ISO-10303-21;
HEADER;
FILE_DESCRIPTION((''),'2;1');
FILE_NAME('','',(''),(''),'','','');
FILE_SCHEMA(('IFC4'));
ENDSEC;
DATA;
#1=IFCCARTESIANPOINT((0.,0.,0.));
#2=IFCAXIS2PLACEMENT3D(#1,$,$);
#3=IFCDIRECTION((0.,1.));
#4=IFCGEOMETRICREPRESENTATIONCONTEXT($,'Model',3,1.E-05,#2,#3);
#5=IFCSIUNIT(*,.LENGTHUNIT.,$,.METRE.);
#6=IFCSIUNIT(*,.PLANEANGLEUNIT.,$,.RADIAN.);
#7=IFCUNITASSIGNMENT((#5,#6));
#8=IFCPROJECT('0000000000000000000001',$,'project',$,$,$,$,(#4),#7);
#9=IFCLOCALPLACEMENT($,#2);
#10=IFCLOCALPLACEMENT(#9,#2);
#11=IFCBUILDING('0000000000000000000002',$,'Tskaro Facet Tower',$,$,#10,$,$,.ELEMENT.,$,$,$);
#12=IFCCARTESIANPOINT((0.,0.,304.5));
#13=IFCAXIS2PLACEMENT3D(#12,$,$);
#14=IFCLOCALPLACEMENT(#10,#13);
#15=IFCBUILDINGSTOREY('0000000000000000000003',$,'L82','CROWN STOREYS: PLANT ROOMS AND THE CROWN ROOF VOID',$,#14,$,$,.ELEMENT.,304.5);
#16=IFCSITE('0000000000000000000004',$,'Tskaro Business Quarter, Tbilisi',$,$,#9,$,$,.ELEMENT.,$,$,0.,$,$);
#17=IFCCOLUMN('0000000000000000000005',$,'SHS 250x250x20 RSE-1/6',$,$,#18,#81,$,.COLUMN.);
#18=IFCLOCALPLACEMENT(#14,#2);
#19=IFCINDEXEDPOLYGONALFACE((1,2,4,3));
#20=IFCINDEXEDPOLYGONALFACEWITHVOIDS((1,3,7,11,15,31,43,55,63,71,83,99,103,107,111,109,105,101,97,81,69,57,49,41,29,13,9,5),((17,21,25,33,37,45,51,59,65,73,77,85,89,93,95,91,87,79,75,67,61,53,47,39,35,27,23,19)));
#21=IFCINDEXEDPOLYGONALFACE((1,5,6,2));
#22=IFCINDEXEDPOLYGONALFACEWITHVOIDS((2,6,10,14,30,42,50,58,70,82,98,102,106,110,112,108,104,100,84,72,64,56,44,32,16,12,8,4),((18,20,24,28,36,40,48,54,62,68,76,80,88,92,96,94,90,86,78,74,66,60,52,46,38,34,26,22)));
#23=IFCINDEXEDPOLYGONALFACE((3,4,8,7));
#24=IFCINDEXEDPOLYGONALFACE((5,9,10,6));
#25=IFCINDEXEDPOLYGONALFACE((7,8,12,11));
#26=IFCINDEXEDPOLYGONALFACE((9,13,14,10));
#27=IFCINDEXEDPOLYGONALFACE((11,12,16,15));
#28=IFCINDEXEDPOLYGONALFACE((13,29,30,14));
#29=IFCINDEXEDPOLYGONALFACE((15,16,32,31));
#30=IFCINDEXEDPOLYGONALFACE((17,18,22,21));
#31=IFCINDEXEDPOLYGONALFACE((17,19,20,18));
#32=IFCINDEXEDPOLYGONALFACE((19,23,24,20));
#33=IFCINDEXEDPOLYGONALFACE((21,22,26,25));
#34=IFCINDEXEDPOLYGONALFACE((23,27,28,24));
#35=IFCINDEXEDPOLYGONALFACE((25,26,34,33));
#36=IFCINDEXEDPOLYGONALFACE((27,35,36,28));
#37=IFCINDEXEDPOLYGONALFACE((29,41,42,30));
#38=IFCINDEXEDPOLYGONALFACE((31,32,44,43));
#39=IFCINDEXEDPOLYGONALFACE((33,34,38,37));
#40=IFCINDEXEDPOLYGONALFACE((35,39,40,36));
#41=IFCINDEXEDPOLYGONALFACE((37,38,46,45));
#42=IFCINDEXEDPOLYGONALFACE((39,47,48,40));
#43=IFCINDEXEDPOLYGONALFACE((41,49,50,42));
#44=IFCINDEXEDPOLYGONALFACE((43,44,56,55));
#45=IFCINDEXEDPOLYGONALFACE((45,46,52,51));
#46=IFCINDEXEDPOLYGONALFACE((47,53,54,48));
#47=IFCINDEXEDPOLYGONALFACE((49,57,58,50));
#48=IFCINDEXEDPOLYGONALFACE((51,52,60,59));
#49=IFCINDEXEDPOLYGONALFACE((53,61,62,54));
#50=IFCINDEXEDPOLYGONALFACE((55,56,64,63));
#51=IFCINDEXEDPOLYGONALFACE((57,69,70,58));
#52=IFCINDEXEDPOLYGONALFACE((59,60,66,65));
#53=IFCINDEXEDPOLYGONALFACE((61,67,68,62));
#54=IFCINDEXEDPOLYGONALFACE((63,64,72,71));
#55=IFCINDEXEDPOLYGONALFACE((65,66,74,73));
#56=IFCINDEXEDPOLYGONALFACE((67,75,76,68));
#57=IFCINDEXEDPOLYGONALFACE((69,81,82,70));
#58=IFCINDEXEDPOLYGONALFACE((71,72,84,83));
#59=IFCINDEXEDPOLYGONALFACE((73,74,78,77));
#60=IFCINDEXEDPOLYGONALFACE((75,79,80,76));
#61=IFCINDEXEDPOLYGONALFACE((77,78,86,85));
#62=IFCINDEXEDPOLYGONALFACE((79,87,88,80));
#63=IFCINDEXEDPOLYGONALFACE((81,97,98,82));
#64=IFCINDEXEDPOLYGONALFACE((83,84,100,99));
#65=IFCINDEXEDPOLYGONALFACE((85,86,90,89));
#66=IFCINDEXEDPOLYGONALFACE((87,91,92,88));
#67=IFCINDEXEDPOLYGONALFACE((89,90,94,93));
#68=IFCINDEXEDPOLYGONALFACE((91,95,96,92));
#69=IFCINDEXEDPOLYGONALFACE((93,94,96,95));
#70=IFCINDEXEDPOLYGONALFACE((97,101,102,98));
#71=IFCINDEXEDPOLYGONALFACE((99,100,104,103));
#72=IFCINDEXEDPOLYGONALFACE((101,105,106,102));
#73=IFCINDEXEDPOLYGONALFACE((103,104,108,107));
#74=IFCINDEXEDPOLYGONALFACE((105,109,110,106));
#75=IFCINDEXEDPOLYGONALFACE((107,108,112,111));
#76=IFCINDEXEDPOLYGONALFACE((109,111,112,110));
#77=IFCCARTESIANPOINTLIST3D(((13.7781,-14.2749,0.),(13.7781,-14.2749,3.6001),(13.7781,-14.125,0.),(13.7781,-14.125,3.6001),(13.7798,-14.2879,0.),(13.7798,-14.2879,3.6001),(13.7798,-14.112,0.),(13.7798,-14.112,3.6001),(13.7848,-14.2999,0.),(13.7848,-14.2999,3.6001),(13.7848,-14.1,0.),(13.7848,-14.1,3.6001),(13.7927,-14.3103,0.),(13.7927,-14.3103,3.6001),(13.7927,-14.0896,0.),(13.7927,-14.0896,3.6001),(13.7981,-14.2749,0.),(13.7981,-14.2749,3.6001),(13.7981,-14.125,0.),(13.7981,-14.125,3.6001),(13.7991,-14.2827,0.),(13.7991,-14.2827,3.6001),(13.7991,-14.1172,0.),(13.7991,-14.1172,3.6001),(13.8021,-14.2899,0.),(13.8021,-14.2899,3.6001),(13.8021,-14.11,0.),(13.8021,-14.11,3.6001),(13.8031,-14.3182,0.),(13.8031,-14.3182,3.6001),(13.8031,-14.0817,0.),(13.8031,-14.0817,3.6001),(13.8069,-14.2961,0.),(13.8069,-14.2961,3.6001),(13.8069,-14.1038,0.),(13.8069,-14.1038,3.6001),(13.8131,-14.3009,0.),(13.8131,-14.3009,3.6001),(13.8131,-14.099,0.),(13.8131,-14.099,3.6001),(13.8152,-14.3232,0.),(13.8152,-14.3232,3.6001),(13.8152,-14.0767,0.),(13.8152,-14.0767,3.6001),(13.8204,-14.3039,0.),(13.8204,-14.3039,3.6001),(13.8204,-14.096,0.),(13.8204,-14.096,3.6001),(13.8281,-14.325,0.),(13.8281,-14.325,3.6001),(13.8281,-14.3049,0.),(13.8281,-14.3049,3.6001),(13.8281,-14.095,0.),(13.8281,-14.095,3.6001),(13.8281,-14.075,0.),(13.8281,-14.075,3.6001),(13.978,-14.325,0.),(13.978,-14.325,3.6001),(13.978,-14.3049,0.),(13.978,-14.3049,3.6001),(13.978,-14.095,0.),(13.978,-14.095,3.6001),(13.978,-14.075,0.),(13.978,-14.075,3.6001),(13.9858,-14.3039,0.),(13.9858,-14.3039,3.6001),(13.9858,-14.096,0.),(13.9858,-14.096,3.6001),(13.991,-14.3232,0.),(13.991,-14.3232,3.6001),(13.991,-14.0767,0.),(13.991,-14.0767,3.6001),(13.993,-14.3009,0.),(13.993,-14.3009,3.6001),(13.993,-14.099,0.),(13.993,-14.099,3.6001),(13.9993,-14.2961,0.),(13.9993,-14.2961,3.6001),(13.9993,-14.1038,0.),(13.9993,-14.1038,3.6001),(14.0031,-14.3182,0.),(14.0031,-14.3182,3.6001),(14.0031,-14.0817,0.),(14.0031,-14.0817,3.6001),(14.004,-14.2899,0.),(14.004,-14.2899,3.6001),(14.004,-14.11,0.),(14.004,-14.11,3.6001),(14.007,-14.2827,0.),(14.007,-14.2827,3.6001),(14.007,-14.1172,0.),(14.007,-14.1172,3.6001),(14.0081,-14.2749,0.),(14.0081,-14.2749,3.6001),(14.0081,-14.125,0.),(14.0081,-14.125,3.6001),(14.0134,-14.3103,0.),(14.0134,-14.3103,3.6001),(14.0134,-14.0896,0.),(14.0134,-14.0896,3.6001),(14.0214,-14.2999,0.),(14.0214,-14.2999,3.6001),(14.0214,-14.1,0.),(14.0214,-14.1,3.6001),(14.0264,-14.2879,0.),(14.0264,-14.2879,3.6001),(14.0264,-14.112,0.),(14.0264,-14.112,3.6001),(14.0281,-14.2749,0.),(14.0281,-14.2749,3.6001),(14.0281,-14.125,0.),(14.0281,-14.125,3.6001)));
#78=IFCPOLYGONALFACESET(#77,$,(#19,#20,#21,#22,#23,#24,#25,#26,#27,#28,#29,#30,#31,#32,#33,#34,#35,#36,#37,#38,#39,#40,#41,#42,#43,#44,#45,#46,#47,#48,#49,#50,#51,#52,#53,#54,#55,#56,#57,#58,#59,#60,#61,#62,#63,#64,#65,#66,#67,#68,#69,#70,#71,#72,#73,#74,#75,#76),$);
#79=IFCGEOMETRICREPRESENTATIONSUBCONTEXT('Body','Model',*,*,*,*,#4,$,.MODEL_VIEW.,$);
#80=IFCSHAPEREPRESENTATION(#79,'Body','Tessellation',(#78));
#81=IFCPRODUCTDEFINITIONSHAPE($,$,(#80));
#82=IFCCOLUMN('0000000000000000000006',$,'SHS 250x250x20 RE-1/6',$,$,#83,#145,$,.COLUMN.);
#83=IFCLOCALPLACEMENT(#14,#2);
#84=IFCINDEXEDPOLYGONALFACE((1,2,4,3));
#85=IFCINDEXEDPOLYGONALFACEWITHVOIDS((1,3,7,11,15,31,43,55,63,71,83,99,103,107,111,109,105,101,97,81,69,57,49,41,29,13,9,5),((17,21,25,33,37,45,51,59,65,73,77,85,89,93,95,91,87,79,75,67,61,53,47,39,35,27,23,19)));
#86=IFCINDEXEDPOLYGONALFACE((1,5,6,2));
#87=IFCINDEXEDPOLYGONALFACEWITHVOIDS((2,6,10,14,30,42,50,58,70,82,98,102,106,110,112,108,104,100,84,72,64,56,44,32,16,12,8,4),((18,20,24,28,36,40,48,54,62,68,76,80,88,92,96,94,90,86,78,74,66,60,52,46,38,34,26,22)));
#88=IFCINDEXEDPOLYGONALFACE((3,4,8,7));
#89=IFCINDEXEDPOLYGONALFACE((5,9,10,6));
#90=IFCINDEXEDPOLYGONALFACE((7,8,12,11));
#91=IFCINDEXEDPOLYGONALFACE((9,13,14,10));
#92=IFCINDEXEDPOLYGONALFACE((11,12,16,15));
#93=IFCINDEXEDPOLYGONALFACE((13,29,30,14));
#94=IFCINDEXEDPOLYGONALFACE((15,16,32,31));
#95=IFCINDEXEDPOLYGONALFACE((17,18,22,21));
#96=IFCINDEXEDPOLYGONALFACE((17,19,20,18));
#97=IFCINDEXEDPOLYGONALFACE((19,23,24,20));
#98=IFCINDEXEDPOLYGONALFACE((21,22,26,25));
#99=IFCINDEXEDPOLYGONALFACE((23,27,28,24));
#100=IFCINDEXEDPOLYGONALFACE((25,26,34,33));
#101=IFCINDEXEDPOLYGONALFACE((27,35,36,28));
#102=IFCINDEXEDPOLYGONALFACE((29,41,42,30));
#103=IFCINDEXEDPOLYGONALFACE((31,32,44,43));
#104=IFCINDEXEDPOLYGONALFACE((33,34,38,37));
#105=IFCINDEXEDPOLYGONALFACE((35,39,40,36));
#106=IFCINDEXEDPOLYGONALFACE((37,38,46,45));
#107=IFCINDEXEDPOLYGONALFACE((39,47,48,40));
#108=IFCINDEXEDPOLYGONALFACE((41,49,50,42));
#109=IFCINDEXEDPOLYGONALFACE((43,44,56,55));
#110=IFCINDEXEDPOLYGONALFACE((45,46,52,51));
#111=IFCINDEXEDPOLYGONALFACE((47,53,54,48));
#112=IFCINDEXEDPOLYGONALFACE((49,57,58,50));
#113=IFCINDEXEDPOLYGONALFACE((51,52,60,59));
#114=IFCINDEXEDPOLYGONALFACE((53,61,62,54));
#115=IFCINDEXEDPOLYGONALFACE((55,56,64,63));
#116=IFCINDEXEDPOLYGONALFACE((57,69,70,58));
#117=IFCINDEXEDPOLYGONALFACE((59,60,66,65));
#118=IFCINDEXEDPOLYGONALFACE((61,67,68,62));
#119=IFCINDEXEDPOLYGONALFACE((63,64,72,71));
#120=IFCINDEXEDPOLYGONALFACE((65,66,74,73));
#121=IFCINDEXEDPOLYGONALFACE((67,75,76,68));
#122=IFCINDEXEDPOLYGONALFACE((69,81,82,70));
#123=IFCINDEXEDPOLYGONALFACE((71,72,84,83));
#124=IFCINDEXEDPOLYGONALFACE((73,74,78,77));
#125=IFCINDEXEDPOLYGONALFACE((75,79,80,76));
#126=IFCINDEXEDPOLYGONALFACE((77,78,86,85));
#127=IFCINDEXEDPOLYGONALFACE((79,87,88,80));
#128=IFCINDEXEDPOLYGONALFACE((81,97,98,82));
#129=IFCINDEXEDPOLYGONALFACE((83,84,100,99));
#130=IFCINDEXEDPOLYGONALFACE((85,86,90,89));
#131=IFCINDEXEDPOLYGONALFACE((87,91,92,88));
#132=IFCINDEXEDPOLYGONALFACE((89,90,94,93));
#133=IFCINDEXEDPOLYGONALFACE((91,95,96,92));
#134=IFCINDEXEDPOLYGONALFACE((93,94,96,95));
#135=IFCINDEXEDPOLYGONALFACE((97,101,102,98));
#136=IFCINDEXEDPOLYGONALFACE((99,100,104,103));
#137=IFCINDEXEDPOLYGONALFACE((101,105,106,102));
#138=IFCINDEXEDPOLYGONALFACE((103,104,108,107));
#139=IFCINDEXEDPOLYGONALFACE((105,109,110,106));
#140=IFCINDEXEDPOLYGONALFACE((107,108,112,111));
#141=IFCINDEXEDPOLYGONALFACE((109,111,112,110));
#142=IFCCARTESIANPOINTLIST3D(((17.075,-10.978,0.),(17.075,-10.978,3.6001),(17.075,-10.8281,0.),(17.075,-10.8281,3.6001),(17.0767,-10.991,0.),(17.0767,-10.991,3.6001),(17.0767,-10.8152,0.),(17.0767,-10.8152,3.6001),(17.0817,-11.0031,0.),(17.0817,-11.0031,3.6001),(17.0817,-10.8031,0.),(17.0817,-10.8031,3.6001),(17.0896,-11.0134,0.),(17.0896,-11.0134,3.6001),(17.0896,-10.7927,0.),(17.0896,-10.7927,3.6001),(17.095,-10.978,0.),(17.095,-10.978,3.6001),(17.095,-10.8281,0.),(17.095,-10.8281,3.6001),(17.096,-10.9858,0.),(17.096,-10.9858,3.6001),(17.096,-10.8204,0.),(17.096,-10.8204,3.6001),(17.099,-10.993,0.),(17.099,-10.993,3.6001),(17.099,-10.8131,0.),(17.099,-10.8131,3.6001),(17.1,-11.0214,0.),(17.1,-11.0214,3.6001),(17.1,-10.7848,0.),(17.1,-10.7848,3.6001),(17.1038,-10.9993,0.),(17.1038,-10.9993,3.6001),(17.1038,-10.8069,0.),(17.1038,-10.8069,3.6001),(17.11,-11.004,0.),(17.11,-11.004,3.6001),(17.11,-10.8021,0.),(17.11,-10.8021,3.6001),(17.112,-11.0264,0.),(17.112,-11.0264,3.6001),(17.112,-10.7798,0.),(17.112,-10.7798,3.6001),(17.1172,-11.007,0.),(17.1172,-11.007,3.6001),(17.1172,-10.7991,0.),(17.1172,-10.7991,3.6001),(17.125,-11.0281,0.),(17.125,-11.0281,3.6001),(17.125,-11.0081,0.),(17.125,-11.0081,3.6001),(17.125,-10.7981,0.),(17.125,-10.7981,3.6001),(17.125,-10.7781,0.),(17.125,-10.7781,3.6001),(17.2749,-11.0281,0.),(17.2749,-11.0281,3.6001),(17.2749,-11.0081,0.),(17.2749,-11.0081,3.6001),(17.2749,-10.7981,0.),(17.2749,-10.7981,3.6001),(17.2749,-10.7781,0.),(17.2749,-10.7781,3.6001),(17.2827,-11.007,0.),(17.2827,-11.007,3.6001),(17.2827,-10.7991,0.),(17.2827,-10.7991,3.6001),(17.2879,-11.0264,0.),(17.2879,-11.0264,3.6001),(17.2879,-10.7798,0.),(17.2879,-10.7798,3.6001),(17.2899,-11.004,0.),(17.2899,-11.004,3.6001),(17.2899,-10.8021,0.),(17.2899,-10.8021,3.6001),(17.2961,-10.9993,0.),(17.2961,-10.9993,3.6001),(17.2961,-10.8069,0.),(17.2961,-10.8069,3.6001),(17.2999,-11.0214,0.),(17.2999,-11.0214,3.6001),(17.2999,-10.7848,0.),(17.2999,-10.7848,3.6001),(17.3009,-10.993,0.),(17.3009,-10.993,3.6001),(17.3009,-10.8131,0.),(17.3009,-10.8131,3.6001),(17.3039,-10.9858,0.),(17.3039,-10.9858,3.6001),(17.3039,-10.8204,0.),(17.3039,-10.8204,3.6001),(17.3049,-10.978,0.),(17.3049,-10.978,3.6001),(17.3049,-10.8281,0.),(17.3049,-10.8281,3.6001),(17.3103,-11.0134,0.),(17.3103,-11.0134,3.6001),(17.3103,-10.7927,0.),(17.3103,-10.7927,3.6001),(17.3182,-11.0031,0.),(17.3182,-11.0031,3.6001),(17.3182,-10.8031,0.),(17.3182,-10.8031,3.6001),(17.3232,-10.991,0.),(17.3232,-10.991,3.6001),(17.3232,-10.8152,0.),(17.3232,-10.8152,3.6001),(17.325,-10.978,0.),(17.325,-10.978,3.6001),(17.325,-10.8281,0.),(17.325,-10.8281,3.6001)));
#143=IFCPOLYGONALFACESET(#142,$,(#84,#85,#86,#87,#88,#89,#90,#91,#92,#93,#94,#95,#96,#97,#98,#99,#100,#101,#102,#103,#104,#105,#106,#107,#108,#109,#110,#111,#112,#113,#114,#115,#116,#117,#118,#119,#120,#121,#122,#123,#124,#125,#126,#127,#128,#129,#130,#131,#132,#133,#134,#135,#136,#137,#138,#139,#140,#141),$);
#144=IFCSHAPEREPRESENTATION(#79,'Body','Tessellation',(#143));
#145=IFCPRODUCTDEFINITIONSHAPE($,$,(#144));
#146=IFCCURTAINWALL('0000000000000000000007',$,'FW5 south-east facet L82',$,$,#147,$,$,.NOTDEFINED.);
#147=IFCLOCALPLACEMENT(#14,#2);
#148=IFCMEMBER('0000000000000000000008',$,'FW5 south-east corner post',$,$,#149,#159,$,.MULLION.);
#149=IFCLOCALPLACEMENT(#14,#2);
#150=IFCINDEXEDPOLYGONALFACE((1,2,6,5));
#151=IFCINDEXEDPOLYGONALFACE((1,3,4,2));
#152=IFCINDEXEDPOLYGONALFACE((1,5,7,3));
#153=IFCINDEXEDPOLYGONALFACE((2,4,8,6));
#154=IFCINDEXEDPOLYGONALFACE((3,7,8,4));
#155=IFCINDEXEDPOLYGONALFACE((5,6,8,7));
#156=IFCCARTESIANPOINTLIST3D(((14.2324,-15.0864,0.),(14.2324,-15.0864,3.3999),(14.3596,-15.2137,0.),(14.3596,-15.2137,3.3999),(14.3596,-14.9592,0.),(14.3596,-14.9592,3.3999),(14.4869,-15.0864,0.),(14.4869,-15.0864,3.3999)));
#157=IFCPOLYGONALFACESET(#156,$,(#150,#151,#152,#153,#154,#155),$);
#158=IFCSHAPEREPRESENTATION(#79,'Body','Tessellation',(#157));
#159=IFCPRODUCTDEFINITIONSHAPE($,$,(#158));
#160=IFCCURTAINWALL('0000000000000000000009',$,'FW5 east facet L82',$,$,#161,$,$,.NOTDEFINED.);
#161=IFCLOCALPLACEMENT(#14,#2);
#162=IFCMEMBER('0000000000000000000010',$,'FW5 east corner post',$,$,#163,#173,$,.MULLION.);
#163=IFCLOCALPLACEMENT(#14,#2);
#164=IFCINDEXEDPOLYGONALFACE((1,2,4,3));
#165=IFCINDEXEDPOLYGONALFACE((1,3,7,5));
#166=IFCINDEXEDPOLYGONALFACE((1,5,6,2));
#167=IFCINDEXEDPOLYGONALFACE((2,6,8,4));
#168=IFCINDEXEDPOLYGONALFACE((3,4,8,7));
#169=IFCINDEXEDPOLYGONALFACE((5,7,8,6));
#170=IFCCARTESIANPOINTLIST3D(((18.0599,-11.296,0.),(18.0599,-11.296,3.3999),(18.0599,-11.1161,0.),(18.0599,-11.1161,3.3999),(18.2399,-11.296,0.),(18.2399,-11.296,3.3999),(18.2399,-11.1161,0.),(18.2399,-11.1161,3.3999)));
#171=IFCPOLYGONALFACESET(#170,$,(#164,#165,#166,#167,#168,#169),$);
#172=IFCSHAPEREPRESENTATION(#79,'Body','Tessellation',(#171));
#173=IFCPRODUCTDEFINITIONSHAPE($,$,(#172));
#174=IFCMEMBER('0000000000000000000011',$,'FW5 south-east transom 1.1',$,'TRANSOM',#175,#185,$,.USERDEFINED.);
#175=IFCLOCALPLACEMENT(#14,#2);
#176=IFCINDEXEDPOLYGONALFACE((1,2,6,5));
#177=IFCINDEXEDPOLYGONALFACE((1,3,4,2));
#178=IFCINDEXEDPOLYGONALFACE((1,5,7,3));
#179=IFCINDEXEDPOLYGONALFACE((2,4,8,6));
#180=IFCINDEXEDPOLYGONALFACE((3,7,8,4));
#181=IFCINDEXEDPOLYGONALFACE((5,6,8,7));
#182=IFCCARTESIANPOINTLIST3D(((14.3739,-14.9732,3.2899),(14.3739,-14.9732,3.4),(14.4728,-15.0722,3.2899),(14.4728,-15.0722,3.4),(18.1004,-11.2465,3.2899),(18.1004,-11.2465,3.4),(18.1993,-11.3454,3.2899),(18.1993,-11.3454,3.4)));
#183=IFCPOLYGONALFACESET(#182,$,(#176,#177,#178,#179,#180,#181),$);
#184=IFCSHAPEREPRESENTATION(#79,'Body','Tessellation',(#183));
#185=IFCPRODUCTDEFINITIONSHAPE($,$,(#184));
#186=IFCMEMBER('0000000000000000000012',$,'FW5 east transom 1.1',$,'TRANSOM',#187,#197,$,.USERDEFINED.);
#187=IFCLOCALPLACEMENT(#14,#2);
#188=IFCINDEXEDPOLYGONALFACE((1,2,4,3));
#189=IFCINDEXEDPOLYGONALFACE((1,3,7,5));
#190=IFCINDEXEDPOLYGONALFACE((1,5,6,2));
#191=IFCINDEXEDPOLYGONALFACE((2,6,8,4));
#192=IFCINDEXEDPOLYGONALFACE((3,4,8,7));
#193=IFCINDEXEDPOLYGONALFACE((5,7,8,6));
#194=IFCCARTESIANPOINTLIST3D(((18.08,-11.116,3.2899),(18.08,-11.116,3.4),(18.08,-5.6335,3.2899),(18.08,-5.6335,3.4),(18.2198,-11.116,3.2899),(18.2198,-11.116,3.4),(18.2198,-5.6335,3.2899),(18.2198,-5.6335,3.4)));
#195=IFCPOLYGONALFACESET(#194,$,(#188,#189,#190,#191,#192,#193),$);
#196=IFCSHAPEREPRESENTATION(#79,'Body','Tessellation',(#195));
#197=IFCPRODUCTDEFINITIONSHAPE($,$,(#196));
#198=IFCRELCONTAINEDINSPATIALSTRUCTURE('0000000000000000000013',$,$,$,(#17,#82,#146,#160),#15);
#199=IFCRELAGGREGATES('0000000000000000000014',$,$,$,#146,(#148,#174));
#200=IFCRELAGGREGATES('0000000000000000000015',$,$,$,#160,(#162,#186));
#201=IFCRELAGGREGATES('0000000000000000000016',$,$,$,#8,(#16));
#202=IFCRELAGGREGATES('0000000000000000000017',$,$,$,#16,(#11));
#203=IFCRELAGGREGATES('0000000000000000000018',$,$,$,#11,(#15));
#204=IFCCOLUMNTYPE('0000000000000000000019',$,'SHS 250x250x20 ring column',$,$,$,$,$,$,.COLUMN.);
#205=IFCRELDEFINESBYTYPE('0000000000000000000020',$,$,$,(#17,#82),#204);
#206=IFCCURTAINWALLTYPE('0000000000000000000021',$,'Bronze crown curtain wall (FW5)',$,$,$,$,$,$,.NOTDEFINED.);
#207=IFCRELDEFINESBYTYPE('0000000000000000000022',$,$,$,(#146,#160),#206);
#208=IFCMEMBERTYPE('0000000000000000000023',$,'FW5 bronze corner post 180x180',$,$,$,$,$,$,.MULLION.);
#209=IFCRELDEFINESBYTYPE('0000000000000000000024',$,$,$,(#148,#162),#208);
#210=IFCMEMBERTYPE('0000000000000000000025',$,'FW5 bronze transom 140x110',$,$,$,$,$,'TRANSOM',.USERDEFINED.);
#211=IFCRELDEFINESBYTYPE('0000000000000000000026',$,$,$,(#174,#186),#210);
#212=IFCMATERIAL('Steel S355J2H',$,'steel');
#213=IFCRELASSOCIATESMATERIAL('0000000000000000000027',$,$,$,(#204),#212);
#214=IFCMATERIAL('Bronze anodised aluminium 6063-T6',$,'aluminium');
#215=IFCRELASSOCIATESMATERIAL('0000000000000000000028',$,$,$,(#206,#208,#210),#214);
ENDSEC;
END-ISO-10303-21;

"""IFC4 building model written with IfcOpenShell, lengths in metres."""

from ifc_helpers import new_model, si_unit, direction, frame, origin, origin_2d, place, context, subcontext, project, spatial, rectangle, hollow_rectangle, extrude, material, material_profile, profile_set, type_object, element, aggregate, save


model = new_model("IFC4")

# Units and contexts
model_context = context("Model", 3, precision=1e-05, world=origin(), true_north=direction((0.0, 1.0)))
body_context = subcontext(model_context, "Body", "Model", "MODEL_VIEW")
ifc_project = project(units=[si_unit("LENGTHUNIT", "METRE"), si_unit("PLANEANGLEUNIT", "RADIAN")], contexts=[model_context])

# Site, building, storey
site_placement = place(None, origin())
site = spatial("IfcSite", under=ifc_project, at=site_placement, Name="Tskaro Business Quarter, Tbilisi", CompositionType="ELEMENT", RefElevation=0.0)
building_placement = place(site_placement, origin())
building = spatial("IfcBuilding", under=site, at=building_placement, Name="Tskaro Facet Tower", CompositionType="ELEMENT")
storey_placement = place(building_placement, frame((0.0, 0.0, 304.5)))
storey = spatial("IfcBuildingStorey", under=building, at=storey_placement, Name="L82", Description="CROWN STOREYS: PLANT ROOMS AND THE CROWN ROOF VOID", CompositionType="ELEMENT", Elevation=304.5)

# Columns
ifc_material_1 = material(Name="Steel S355J2H", Category="steel")
ifc_material_profile_1 = material_profile(ifc_material_1, hollow_rectangle(XDim=0.25, YDim=0.25, WallThickness=0.02, InnerFilletRadius=0.03, OuterFilletRadius=0.05, at=origin_2d()), Name="SHS 250x250x20")
ifc_profile_set_1 = profile_set([ifc_material_profile_1], Name="Steel S355J2H")
column_type = type_object("IfcColumnType", Name="SHS 250x250x20 ring column", PredefinedType="COLUMN", material=ifc_profile_set_1)
for number, where, z_axis, x_axis, name in (
    (1, (13.9031, -14.2, 0.0), (0.0, 0.0, 1.0), (1.0, 0.0, 0.0), "SHS 250x250x20 RSE-1/6"),
    (2, (17.2, -10.9031, 0.0), (0.0, 0.0, 1.0), (1.0, 0.0, 0.0), "SHS 250x250x20 RE-1/6"),
):
    element("IfcColumn", number, at=place(storey_placement, frame(where, z_axis=z_axis, x_axis=x_axis)), inside=storey, type_object=column_type, Name=name, PredefinedType="COLUMN", context=body_context, shape_type="SweptSolid", body=[
        extrude(hollow_rectangle(XDim=0.25, YDim=0.25, WallThickness=0.02, InnerFilletRadius=0.03, OuterFilletRadius=0.05, at=origin_2d()), origin(), (0.0, 0.0, 1.0), 3.6001),
    ])

# Curtain walls, members
ifc_material_2 = material(Name="Bronze anodised aluminium 6063-T6", Category="aluminium")
curtain_wall_type = type_object("IfcCurtainWallType", Name="Bronze crown curtain wall (FW5)", PredefinedType="NOTDEFINED", material=ifc_material_2)
curtain_wall_1_placement = place(storey_placement, origin())
curtain_wall_1 = element("IfcCurtainWall", 3, at=curtain_wall_1_placement, inside=storey, type_object=curtain_wall_type, Name="FW5 south-east facet L82", PredefinedType="NOTDEFINED")
ifc_material_profile_2 = material_profile(ifc_material_2, rectangle(XDim=0.1799, YDim=0.1799, at=origin_2d()), Name="Corner post 180x180")
ifc_profile_set_2 = profile_set([ifc_material_profile_2], Name="Bronze anodised aluminium 6063-T6")
member_type_1 = type_object("IfcMemberType", Name="FW5 bronze corner post 180x180", PredefinedType="MULLION", material=ifc_profile_set_2)
member_1_placement = place(storey_placement, frame((14.3596, -15.0864, 0.0), z_axis=(0.0, 0.0, 1.0), x_axis=(0.707107, 0.707107, 0.0)))
member_1 = element("IfcMember", 4, at=member_1_placement, type_object=member_type_1, Name="FW5 south-east corner post", PredefinedType="MULLION", context=body_context, shape_type="SweptSolid", body=[
    extrude(rectangle(XDim=0.1799, YDim=0.1799, at=origin_2d()), origin(), (0.0, 0.0, 1.0), 3.3999),
])
curtain_wall_2_placement = place(storey_placement, origin())
curtain_wall_2 = element("IfcCurtainWall", 5, at=curtain_wall_2_placement, inside=storey, type_object=curtain_wall_type, Name="FW5 east facet L82", PredefinedType="NOTDEFINED")
member_2_placement = place(storey_placement, frame((18.1499, -11.2061, 0.0), z_axis=(0.0, 0.0, 1.0), x_axis=(0.0, 1.0, 0.0)))
member_2 = element("IfcMember", 6, at=member_2_placement, type_object=member_type_1, Name="FW5 east corner post", PredefinedType="MULLION", context=body_context, shape_type="SweptSolid", body=[
    extrude(rectangle(XDim=0.1799, YDim=0.1799, at=origin_2d()), origin(), (0.0, 0.0, 1.0), 3.3999),
])

# Members
ifc_material_profile_3 = material_profile(ifc_material_2, rectangle(XDim=0.1399, YDim=0.1101, at=origin_2d()), Name="Transom 140x110")
ifc_profile_set_3 = profile_set([ifc_material_profile_3], Name="Bronze anodised aluminium 6063-T6")
member_type_2 = type_object("IfcMemberType", Name="FW5 bronze transom 140x110", ElementType="TRANSOM", PredefinedType="USERDEFINED", material=ifc_profile_set_3)
member_3_placement = place(storey_placement, frame((14.4233, -15.0227, 3.345), z_axis=(0.707084, 0.70713, 0.0), x_axis=(-0.70713, 0.707084, 0.0)))
member_3 = element("IfcMember", 7, at=member_3_placement, type_object=member_type_2, Name="FW5 south-east transom 1.1", ObjectType="TRANSOM", PredefinedType="USERDEFINED", context=body_context, shape_type="SweptSolid", body=[
    extrude(rectangle(XDim=0.1399, YDim=0.1101, at=origin_2d()), origin(), (0.0, 0.0, 1.0), 5.2703),
])
member_4_placement = place(storey_placement, frame((18.1499, -11.116, 3.345), z_axis=(0.0, 1.0, 0.0), x_axis=(-1.0, 0.0, 0.0)))
member_4 = element("IfcMember", 8, at=member_4_placement, type_object=member_type_2, Name="FW5 east transom 1.1", ObjectType="TRANSOM", PredefinedType="USERDEFINED", context=body_context, shape_type="SweptSolid", body=[
    extrude(rectangle(XDim=0.1399, YDim=0.1101, at=origin_2d()), origin(), (0.0, 0.0, 1.0), 5.4824),
])

aggregate(curtain_wall_1, [member_1, member_3])
aggregate(curtain_wall_2, [member_2, member_4])

save(model, "model.ifc")
